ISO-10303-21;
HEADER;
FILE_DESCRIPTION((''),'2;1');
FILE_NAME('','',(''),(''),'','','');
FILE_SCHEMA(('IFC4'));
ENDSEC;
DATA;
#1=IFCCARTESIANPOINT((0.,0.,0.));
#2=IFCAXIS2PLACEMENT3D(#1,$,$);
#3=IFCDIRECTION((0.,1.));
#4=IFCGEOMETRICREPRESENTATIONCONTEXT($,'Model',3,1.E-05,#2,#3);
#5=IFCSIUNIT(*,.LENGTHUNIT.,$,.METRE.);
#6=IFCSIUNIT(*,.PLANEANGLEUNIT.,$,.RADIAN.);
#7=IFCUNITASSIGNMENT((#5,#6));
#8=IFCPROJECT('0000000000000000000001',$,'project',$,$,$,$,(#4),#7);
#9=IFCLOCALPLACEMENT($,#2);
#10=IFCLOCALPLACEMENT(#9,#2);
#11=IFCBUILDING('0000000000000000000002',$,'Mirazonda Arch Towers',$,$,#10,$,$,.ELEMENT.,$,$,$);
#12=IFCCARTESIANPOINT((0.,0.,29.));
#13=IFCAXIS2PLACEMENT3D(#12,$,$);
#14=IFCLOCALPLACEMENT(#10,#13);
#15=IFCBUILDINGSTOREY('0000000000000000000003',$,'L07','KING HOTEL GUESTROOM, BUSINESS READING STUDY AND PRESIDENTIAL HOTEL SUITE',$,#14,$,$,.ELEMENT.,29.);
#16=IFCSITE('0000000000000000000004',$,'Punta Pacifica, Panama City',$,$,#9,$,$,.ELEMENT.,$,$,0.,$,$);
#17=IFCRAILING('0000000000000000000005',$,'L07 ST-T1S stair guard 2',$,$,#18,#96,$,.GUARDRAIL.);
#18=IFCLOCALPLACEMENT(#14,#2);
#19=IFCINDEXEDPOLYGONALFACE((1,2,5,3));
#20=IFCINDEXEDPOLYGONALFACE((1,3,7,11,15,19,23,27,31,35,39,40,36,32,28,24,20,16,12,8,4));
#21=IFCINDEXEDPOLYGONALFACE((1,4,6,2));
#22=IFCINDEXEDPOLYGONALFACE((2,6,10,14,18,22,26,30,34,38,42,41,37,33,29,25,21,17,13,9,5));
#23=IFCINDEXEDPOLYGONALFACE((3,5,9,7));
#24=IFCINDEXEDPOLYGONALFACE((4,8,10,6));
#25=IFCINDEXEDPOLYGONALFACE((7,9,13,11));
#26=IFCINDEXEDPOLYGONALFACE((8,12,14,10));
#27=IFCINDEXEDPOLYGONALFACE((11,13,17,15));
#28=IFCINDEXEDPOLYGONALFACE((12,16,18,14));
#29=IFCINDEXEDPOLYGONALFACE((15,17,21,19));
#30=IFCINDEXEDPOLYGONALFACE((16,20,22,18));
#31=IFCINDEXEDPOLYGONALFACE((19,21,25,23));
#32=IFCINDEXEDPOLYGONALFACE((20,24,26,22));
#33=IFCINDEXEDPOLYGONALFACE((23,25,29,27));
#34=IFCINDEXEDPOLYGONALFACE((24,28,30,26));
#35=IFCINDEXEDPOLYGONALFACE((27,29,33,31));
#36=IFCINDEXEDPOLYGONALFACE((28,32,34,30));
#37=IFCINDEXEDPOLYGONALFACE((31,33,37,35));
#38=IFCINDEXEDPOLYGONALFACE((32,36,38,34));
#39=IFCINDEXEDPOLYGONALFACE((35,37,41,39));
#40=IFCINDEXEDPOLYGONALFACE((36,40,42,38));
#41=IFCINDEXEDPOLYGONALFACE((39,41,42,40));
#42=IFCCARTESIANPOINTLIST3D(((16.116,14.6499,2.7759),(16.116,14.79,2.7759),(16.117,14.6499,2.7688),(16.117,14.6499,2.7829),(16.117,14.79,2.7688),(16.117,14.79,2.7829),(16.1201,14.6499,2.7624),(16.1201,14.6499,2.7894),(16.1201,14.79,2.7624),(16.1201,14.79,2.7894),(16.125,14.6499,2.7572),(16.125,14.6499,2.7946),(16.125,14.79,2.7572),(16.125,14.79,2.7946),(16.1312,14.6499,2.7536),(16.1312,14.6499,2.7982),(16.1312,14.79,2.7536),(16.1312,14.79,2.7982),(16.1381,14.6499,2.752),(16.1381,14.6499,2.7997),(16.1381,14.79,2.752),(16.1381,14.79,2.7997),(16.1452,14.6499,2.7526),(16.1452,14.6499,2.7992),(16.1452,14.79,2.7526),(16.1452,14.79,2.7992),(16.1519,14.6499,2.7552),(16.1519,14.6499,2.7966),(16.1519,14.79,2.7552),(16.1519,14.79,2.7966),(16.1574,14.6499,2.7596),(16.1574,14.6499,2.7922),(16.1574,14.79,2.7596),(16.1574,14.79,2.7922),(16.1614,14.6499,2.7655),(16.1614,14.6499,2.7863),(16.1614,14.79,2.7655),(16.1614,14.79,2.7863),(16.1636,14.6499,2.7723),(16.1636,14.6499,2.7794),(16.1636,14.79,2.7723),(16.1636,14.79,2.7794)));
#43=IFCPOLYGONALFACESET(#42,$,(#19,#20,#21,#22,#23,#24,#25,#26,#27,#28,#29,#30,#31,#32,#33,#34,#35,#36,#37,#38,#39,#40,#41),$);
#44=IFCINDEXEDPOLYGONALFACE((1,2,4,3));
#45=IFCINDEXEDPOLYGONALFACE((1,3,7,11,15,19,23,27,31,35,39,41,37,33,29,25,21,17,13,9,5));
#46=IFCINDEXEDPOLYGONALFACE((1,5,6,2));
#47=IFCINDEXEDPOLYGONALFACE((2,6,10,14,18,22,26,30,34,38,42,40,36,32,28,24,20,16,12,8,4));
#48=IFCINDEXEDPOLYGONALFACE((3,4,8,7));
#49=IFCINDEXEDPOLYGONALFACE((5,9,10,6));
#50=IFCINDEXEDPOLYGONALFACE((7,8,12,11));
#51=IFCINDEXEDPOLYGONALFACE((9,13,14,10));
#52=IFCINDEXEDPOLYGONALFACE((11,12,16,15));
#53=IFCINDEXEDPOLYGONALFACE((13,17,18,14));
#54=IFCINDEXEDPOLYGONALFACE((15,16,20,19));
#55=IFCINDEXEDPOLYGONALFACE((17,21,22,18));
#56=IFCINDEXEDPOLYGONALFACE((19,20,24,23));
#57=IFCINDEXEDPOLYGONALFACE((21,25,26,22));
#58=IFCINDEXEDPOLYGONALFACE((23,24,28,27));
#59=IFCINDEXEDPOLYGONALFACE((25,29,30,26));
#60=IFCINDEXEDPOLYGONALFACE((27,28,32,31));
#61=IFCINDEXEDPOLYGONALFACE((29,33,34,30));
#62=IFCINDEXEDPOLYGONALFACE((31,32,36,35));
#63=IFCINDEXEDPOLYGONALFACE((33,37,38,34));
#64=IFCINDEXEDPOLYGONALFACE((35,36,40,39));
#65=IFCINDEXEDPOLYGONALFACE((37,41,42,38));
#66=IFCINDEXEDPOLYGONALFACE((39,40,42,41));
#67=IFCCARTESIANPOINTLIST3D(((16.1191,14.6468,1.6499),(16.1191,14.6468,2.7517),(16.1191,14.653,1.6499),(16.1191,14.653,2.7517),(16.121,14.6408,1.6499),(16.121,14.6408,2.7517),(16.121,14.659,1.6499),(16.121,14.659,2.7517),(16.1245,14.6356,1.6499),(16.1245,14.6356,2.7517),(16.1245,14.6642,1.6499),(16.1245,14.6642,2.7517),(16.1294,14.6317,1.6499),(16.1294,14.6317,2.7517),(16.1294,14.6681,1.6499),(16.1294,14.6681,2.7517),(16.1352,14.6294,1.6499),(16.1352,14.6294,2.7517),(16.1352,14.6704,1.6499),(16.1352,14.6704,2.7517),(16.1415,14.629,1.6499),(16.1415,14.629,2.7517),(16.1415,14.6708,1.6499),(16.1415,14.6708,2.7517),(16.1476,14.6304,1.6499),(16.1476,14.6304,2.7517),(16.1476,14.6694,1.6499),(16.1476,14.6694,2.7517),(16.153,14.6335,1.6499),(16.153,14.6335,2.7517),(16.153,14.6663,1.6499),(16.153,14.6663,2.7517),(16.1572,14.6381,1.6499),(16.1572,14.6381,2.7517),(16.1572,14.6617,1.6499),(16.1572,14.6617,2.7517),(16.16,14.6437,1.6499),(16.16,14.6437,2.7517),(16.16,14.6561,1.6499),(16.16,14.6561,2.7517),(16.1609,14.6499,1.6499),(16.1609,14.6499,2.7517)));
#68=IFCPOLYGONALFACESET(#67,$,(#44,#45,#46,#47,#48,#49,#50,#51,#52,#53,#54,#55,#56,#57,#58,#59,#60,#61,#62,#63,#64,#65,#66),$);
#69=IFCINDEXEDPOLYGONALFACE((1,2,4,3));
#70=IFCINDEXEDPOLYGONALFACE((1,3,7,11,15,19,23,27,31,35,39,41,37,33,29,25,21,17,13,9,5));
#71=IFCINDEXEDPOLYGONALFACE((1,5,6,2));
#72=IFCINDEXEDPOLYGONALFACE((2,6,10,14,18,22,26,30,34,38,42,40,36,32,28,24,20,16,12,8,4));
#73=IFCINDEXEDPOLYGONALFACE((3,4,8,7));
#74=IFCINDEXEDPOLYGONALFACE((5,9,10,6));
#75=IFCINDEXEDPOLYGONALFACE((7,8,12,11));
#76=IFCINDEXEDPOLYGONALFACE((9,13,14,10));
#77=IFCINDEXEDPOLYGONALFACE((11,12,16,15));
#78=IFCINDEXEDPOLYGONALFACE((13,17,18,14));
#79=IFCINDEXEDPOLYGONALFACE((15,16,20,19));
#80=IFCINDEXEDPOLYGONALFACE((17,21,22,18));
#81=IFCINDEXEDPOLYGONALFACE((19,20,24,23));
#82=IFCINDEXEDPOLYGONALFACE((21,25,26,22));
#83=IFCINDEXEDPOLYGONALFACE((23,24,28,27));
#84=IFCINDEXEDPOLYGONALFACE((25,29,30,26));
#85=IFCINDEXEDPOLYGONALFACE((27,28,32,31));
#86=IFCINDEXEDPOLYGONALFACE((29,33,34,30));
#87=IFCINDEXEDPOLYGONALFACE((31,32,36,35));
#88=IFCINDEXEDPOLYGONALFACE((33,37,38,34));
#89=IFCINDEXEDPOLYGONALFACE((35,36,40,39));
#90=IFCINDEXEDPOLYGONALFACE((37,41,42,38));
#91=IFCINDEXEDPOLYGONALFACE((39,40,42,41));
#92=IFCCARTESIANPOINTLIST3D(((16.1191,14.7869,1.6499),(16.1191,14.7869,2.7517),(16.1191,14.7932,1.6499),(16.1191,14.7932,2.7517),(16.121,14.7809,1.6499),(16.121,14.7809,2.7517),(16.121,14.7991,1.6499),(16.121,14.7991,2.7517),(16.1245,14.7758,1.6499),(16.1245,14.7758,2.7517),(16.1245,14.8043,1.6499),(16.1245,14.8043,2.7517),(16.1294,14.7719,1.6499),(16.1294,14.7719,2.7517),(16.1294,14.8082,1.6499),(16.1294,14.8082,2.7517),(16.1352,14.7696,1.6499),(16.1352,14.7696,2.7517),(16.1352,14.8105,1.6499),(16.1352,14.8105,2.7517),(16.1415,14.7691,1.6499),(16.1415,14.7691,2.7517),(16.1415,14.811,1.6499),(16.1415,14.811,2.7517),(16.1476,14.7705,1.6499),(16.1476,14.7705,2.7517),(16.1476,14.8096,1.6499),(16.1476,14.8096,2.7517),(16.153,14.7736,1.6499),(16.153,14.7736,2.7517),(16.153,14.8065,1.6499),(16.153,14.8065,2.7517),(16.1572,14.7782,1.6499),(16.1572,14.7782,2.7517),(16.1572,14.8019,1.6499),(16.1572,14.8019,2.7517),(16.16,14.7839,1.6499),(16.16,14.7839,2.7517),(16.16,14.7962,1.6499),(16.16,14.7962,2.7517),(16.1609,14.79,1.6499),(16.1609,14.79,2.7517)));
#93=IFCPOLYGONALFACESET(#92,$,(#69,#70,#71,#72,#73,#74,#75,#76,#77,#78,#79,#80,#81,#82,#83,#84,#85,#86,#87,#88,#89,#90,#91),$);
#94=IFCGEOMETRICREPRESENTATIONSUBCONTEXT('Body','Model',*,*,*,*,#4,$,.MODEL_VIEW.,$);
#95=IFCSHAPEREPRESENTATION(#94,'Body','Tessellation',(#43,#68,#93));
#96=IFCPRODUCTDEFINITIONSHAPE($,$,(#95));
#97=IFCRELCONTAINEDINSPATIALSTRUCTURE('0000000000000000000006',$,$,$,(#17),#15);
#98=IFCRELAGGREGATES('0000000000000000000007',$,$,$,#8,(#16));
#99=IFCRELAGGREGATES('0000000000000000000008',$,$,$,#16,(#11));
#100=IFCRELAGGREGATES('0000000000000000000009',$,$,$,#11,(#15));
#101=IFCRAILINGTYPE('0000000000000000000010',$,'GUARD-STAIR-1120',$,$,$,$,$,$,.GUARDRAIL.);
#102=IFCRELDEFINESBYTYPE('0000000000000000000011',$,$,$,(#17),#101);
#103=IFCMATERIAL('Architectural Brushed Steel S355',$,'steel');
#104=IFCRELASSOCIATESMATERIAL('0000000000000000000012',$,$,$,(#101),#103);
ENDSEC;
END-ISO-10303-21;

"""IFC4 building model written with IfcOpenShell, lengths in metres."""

from ifc_helpers import new_model, si_unit, direction, frame, origin, origin_2d, place, context, subcontext, project, spatial, circle, extrude, material, type_object, element, save


model = new_model("IFC4")

# Units and contexts
model_context = context("Model", 3, precision=1e-05, world=origin(), true_north=direction((0.0, 1.0)))
body_context = subcontext(model_context, "Body", "Model", "MODEL_VIEW")
ifc_project = project(units=[si_unit("LENGTHUNIT", "METRE"), si_unit("PLANEANGLEUNIT", "RADIAN")], contexts=[model_context])

# Site, building, storey
site_placement = place(None, origin())
site = spatial("IfcSite", under=ifc_project, at=site_placement, Name="Punta Pacifica, Panama City", CompositionType="ELEMENT", RefElevation=0.0)
building_placement = place(site_placement, origin())
building = spatial("IfcBuilding", under=site, at=building_placement, Name="Mirazonda Arch Towers", CompositionType="ELEMENT")
storey_placement = place(building_placement, frame((0.0, 0.0, 29.0)))
storey = spatial("IfcBuildingStorey", under=building, at=storey_placement, Name="L07", Description="KING HOTEL GUESTROOM, BUSINESS READING STUDY AND PRESIDENTIAL HOTEL SUITE", CompositionType="ELEMENT", Elevation=29.0)

# Railing
ifc_material_1 = material(Name="Architectural Brushed Steel S355", Category="steel")
railing_type_1 = type_object("IfcRailingType", Name="GUARD-STAIR-1120", PredefinedType="GUARDRAIL", material=ifc_material_1)
railing_1_placement = place(storey_placement, frame((16.1399, 14.6499, 1.6499)))
element("IfcRailing", 1, at=railing_1_placement, inside=storey, type_object=railing_type_1, Name="L07 ST-T1S stair guard 2", PredefinedType="GUARDRAIL", context=body_context, shape_type="SweptSolid", body=[
    extrude(circle(Radius=0.0239, at=origin_2d()), frame((0.0, 0.0, 1.126), z_axis=(0.0, 1.0, 0.0), x_axis=(-1.0, 0.0, 0.0)), (0.0, 0.0, 1.0), 0.1401),
    extrude(circle(Radius=0.021, at=origin_2d()), origin(), (0.0, 0.0, 1.0), 1.1018),
    extrude(circle(Radius=0.021, at=origin_2d()), frame((0.0, 0.1401, 0.0)), (0.0, 0.0, 1.0), 1.1018),
])

save(model, "model.ifc")
